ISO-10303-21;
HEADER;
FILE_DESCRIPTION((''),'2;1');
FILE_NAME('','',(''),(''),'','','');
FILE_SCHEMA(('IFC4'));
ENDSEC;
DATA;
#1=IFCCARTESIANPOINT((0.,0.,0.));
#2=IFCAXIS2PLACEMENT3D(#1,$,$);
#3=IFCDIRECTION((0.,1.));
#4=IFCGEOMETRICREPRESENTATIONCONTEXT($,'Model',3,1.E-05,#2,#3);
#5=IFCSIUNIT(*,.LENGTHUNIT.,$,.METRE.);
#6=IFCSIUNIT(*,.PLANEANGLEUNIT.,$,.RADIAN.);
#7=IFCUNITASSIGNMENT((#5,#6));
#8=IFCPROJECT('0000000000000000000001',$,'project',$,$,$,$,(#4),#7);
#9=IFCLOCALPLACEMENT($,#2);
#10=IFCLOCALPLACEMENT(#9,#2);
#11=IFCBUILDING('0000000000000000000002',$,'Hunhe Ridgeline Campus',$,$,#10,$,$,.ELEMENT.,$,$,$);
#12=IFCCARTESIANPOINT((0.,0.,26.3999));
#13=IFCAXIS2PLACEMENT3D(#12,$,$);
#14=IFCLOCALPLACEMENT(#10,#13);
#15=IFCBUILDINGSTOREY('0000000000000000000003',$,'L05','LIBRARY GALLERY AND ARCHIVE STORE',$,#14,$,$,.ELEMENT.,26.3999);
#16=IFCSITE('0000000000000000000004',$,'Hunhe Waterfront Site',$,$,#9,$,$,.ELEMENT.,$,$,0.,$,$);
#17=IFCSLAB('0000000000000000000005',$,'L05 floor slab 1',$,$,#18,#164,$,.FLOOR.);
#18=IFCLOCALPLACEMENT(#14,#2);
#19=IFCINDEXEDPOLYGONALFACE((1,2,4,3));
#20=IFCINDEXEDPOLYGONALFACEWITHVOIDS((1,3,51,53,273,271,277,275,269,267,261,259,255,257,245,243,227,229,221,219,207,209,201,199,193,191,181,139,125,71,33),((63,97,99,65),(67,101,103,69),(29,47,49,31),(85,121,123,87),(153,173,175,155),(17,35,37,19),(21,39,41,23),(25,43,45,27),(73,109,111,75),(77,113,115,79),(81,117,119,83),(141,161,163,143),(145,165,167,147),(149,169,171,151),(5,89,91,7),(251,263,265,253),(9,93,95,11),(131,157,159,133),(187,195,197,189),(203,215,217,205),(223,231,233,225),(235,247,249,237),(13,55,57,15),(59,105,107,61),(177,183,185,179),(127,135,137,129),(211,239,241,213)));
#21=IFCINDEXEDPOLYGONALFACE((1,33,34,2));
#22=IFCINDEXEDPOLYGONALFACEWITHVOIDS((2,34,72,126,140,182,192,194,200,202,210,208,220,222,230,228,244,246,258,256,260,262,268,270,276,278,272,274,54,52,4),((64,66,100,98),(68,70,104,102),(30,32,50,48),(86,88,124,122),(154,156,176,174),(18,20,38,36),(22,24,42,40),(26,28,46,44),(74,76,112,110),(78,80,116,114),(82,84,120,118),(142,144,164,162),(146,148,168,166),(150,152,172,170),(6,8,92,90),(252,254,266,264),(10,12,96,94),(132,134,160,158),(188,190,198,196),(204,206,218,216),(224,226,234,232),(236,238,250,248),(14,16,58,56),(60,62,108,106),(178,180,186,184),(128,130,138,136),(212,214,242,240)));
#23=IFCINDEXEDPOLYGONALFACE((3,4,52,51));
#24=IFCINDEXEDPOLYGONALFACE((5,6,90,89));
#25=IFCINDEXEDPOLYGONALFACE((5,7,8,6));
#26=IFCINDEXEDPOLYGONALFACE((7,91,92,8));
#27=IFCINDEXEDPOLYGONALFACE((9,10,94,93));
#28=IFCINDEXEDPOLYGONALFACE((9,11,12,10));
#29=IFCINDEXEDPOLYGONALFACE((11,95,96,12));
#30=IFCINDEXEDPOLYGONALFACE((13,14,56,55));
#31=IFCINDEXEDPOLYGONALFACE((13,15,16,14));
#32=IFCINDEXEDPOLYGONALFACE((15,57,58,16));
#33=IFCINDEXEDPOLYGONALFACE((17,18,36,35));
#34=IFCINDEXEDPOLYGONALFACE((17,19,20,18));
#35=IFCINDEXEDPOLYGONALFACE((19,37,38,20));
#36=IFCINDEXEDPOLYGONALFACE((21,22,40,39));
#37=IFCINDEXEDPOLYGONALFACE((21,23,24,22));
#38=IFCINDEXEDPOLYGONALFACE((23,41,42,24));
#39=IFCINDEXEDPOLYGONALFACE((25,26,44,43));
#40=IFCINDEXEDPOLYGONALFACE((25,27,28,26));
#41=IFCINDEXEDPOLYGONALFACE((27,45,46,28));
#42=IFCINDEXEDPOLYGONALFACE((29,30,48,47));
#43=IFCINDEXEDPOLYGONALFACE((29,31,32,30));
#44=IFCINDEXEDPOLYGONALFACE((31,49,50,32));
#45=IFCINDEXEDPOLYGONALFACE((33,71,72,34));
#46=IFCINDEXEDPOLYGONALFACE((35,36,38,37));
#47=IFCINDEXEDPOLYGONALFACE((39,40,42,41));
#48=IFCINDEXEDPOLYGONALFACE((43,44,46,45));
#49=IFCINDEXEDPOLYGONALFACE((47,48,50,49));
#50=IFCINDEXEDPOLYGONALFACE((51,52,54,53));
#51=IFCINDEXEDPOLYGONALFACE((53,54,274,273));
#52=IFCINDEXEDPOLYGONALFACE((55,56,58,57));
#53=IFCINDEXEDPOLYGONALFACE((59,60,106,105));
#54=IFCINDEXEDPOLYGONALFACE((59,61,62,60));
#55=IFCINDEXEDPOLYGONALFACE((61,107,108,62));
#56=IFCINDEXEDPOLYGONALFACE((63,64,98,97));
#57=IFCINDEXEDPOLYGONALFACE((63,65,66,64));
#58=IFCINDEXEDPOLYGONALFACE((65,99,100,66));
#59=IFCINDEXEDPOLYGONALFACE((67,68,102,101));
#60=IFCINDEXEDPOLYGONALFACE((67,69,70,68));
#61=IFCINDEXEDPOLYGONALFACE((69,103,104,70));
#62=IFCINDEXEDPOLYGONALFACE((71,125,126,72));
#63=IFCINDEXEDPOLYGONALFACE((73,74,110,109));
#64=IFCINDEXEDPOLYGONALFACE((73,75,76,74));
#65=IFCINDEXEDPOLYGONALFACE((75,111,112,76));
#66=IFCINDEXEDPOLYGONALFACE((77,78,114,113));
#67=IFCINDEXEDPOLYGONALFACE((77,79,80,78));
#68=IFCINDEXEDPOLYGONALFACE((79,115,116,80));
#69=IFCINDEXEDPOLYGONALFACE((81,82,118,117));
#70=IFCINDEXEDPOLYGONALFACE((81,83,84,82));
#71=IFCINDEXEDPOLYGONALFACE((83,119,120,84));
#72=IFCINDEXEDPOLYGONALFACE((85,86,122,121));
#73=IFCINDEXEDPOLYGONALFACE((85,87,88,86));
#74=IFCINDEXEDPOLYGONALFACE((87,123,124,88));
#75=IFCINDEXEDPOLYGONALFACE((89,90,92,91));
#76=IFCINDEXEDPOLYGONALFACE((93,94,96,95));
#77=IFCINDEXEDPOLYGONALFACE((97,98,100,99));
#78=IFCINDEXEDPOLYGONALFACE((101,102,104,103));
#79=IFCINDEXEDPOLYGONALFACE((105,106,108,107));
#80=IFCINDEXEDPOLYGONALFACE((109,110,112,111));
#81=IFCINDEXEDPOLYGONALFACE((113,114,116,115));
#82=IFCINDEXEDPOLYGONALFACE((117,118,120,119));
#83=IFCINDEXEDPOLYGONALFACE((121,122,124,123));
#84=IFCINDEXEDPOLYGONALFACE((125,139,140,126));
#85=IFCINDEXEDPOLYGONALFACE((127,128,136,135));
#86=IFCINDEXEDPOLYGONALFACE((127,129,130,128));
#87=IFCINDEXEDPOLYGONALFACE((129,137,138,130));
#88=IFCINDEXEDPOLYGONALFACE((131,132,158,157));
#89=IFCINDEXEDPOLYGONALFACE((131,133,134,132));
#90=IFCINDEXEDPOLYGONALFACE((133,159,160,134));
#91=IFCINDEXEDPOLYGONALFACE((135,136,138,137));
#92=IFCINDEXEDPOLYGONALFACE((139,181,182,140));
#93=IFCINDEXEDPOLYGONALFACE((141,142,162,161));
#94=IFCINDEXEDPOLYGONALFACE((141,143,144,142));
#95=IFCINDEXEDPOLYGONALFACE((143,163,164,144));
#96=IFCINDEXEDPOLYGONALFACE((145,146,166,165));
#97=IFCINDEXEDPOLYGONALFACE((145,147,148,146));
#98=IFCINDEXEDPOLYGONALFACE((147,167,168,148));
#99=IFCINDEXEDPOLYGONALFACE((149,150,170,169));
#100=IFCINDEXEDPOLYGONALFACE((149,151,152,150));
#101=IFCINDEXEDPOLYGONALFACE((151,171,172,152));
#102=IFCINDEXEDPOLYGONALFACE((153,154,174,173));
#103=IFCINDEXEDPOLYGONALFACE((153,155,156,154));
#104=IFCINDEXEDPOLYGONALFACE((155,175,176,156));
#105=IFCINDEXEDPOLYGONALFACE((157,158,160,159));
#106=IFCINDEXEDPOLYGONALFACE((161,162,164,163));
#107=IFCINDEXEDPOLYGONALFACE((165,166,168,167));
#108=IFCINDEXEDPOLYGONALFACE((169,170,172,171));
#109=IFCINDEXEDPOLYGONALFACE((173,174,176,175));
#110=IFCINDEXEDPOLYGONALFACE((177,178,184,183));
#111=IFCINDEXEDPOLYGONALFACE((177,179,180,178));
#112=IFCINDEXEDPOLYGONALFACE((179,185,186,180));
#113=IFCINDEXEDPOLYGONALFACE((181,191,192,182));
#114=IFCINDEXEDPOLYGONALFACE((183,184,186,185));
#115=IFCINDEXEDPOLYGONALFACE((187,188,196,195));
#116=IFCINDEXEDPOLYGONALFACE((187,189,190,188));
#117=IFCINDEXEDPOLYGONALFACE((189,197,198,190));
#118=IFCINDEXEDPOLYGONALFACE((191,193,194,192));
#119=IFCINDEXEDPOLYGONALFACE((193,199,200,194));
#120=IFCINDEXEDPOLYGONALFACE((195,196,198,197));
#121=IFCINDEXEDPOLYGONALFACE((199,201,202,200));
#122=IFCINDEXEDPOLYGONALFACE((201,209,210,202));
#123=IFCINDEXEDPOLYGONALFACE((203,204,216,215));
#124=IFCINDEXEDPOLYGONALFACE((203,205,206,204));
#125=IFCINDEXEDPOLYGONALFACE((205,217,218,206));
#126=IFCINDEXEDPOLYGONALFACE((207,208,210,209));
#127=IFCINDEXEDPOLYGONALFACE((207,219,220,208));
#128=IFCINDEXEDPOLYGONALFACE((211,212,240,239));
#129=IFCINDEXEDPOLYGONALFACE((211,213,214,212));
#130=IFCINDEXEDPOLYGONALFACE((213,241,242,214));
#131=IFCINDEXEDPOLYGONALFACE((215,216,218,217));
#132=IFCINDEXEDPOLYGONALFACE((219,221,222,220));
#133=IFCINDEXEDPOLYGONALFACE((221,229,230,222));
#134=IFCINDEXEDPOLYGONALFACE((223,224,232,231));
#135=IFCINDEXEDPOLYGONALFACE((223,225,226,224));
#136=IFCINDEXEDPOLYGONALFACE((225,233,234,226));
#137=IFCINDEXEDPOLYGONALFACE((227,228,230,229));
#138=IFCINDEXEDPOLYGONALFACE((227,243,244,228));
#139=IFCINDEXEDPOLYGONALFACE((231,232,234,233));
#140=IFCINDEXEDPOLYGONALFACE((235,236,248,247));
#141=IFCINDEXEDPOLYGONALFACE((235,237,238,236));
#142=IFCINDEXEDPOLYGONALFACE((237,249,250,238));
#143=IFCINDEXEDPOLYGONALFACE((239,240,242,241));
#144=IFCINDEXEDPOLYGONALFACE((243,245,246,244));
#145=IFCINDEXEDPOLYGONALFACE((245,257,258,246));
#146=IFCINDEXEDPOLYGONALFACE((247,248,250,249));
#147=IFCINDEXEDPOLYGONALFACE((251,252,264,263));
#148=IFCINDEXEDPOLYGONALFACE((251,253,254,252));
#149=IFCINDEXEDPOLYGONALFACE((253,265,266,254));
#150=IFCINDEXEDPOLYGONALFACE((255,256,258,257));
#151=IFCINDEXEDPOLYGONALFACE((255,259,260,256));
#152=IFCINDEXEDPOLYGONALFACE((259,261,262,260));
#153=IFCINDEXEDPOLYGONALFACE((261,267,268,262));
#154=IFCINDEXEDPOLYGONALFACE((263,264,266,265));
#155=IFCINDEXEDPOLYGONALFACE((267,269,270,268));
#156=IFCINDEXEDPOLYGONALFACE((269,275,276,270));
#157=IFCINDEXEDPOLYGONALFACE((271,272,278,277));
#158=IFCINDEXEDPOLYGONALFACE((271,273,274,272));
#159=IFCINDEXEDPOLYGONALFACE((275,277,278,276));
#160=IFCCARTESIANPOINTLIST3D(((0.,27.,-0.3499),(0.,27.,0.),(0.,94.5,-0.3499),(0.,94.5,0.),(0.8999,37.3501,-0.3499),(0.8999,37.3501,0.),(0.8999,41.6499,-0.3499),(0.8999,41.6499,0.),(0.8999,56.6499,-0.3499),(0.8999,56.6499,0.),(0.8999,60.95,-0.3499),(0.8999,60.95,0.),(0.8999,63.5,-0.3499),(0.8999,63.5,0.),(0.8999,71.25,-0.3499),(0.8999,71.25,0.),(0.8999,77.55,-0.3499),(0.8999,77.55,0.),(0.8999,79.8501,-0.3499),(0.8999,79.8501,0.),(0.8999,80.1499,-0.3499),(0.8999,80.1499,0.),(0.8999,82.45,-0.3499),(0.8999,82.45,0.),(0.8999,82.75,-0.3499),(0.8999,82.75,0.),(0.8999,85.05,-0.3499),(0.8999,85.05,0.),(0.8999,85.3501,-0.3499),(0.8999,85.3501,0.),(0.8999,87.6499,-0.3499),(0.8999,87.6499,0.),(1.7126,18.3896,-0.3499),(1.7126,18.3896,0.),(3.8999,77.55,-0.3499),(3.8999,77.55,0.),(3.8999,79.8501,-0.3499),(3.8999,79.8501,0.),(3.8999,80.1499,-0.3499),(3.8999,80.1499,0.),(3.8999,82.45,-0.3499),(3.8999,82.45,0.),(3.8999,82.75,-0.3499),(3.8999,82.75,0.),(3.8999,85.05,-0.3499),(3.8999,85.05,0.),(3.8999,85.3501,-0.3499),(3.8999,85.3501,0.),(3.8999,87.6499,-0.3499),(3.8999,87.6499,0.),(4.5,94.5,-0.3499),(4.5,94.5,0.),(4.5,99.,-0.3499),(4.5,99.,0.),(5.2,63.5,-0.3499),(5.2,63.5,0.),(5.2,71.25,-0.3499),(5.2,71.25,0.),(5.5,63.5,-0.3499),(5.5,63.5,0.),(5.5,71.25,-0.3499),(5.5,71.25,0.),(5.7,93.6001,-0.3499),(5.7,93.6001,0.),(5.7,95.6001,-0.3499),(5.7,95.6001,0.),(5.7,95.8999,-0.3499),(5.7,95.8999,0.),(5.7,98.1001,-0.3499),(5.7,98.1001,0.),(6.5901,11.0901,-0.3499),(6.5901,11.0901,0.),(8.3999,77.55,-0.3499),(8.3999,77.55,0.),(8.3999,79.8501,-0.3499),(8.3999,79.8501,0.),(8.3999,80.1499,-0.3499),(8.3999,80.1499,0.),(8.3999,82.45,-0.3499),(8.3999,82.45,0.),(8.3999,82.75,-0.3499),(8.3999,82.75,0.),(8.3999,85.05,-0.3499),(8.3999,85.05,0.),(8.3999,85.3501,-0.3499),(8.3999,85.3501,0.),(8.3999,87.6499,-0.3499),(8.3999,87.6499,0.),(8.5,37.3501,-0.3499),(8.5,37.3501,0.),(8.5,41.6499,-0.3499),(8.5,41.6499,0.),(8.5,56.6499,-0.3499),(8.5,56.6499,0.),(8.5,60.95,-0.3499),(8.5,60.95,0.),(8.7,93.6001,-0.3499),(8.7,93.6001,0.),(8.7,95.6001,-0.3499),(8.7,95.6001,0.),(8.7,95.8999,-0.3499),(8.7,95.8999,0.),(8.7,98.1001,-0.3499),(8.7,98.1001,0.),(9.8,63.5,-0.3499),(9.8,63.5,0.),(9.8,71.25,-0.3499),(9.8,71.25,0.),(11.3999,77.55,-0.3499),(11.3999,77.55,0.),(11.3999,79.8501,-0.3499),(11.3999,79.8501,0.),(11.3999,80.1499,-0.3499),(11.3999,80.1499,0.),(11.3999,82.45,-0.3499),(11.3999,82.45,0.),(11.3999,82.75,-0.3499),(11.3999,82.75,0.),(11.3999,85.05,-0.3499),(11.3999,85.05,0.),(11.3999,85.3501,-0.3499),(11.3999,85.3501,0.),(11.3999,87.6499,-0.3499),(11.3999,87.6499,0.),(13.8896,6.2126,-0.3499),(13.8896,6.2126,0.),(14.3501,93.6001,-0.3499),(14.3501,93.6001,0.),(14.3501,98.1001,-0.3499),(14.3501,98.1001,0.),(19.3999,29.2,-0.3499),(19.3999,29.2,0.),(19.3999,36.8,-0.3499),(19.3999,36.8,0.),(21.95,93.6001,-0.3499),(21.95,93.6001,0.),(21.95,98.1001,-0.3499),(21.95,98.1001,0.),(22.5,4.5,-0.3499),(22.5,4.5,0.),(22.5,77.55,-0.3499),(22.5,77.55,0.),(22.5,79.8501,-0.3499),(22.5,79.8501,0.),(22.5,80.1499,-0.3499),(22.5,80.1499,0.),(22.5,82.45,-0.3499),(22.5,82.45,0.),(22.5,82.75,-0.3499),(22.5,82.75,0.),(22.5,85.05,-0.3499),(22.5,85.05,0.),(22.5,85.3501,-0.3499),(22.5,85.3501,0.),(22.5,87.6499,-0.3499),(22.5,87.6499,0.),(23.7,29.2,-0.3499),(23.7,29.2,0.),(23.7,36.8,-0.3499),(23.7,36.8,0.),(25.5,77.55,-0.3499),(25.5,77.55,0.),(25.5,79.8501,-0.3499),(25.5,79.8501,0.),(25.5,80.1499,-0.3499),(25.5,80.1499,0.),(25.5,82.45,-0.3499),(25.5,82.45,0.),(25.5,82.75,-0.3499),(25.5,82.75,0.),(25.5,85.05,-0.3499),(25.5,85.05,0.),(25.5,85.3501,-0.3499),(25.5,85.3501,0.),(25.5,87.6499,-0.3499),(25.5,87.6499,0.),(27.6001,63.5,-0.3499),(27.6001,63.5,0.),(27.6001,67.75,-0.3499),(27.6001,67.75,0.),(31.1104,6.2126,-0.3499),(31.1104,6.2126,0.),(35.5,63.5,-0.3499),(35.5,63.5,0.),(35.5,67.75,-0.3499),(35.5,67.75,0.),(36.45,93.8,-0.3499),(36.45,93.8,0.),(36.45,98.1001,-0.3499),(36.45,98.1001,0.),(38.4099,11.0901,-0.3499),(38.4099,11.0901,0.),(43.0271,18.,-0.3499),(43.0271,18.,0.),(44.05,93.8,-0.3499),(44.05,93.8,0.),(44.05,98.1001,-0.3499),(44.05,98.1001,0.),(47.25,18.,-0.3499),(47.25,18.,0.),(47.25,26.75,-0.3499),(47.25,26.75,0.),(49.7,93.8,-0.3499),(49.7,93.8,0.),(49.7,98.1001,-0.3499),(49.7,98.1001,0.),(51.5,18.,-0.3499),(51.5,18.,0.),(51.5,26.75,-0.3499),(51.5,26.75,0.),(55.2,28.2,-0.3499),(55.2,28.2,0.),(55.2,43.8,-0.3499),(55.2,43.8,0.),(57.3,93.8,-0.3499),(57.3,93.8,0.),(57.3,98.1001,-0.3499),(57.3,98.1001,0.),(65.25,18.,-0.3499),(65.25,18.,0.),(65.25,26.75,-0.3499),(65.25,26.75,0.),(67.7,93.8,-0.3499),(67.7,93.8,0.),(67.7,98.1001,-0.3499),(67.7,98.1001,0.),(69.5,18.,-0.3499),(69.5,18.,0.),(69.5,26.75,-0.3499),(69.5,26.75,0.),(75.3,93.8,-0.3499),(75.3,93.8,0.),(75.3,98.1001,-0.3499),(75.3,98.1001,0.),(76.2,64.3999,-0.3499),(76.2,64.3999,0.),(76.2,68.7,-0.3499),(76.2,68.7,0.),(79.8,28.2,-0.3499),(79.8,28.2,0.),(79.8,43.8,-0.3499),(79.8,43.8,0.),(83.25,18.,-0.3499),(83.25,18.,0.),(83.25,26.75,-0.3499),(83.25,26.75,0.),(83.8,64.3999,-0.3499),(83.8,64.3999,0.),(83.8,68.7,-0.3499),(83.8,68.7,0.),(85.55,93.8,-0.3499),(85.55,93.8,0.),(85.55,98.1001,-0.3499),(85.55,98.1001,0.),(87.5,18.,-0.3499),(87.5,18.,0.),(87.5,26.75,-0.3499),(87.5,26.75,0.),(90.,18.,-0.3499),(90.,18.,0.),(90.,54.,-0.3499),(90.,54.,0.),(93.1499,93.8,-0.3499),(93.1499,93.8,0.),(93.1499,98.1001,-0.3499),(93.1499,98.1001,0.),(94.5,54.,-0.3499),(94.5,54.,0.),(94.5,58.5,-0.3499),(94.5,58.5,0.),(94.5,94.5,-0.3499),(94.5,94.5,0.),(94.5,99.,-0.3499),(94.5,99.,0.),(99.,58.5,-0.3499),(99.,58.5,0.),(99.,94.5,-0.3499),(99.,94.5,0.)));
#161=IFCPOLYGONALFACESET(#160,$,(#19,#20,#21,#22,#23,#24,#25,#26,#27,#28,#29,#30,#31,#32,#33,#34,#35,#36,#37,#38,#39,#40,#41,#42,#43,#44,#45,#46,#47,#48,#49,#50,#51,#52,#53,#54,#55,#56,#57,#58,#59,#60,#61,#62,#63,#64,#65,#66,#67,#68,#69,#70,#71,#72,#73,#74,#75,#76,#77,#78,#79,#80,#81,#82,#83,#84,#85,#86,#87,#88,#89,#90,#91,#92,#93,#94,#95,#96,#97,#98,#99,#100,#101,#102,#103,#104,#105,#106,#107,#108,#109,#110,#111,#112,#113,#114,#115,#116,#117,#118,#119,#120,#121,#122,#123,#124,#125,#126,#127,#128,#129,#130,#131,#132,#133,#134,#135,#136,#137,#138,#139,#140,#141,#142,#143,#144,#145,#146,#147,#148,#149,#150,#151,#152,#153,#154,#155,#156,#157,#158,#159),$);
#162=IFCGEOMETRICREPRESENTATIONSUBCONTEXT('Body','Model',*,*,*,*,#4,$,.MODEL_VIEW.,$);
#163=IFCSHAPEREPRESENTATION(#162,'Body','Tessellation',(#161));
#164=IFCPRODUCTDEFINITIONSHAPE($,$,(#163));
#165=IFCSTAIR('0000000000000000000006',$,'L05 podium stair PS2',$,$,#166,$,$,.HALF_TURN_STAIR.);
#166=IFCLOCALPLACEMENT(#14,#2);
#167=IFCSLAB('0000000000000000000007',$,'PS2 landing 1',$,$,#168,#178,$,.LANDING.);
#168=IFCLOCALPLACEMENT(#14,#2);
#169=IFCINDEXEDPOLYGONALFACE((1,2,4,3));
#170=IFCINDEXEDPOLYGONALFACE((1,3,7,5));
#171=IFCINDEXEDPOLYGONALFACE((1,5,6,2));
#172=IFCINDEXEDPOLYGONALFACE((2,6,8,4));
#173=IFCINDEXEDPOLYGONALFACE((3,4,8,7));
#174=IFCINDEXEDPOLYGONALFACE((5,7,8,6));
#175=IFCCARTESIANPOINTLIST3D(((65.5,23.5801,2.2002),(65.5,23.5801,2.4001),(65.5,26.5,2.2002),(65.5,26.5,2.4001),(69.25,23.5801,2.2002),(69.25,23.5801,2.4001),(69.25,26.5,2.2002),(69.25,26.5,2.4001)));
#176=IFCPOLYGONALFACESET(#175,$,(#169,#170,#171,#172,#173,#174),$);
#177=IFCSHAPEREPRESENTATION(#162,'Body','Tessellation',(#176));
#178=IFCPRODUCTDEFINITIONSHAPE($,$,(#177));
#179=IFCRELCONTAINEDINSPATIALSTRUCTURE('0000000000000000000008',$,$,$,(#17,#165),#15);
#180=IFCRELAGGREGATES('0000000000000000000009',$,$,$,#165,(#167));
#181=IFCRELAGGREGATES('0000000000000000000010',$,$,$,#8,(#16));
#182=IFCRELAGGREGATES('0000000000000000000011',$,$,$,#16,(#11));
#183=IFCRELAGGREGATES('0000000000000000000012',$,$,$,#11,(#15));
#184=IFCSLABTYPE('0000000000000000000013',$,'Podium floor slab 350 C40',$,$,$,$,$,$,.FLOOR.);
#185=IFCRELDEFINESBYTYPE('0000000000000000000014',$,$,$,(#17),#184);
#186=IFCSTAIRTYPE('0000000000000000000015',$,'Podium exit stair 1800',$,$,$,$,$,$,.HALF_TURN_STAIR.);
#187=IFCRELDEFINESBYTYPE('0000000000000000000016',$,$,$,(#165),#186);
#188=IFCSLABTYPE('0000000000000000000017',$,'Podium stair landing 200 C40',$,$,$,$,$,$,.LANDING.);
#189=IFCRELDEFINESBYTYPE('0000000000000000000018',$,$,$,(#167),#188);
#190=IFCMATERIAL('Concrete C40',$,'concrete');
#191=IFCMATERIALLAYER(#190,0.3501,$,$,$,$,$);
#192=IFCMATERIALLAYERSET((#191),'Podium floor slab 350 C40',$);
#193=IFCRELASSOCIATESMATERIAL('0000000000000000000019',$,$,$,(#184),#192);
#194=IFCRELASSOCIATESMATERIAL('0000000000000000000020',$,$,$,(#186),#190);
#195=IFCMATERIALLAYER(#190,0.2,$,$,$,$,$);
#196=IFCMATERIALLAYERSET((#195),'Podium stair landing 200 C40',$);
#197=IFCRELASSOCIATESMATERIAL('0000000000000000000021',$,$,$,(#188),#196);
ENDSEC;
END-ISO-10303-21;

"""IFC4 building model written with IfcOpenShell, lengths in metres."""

from ifc_helpers import new_model, si_unit, direction, frame, origin, place, context, subcontext, project, spatial, polyline, outline, extrude, material, layer, layer_set, type_object, element, aggregate, save


model = new_model("IFC4")

# Units and contexts
model_context = context("Model", 3, precision=1e-05, world=origin(), true_north=direction((0.0, 1.0)))
body_context = subcontext(model_context, "Body", "Model", "MODEL_VIEW")
ifc_project = project(units=[si_unit("LENGTHUNIT", "METRE"), si_unit("PLANEANGLEUNIT", "RADIAN")], contexts=[model_context])

# Site, building, storey
site_placement = place(None, origin())
site = spatial("IfcSite", under=ifc_project, at=site_placement, Name="Hunhe Waterfront Site", CompositionType="ELEMENT", RefElevation=0.0)
building_placement = place(site_placement, origin())
building = spatial("IfcBuilding", under=site, at=building_placement, Name="Hunhe Ridgeline Campus", CompositionType="ELEMENT")
storey_placement = place(building_placement, frame((0.0, 0.0, 26.3999)))
storey = spatial("IfcBuildingStorey", under=building, at=storey_placement, Name="L05", Description="LIBRARY GALLERY AND ARCHIVE STORE", CompositionType="ELEMENT", Elevation=26.3999)

# Slab
ifc_material_1 = material(Name="Concrete C40", Category="concrete")
ifc_layer_1 = layer(ifc_material_1, 0.3501)
ifc_layer_set_1 = layer_set([ifc_layer_1], Name="Podium floor slab 350 C40")
slab_type_1 = type_object("IfcSlabType", Name="Podium floor slab 350 C40", PredefinedType="FLOOR", material=ifc_layer_set_1)
slab_1_placement = place(storey_placement, frame((0.0, 0.0, -0.3499)))
element("IfcSlab", 1, at=slab_1_placement, inside=storey, type_object=slab_type_1, Name="L05 floor slab 1", PredefinedType="FLOOR", context=body_context, shape_type="SweptSolid", body=[
    extrude(outline(polyline([(90.0, 18.0), (90.0, 54.0), (94.5, 54.0), (94.5, 58.5), (99.0, 58.5), (99.0, 94.5), (94.5, 94.5), (94.5, 99.0), (4.5, 99.0), (4.5, 94.5), (0.0, 94.5), (0.0, 27.0), (1.7126, 18.3896), (6.5901, 11.0901), (13.8896, 6.2126), (22.5, 4.5), (31.1104, 6.2126), (38.4099, 11.0901), (43.0271, 18.0), (47.25, 18.0), (47.25, 26.75), (51.5, 26.75), (51.5, 18.0), (65.25, 18.0), (65.25, 26.75), (69.5, 26.75), (69.5, 18.0), (83.25, 18.0), (83.25, 26.75), (87.5, 26.75), (87.5, 18.0), (90.0, 18.0)]), holes=[polyline([(0.8999, 41.6499), (0.8999, 37.3501), (8.5, 37.3501), (8.5, 41.6499), (0.8999, 41.6499)]), polyline([(8.5, 60.95), (0.8999, 60.95), (0.8999, 56.6499), (8.5, 56.6499), (8.5, 60.95)]), polyline([(5.2, 63.5), (5.2, 71.25), (0.8999, 71.25), (0.8999, 63.5), (5.2, 63.5)]), polyline([(9.8, 63.5), (9.8, 71.25), (5.5, 71.25), (5.5, 63.5), (9.8, 63.5)]), polyline([(0.8999, 77.55), (3.8999, 77.55), (3.8999, 79.8501), (0.8999, 79.8501), (0.8999, 77.55)]), polyline([(8.3999, 77.55), (11.3999, 77.55), (11.3999, 79.8501), (8.3999, 79.8501), (8.3999, 77.55)]), polyline([(0.8999, 80.1499), (3.8999, 80.1499), (3.8999, 82.45), (0.8999, 82.45), (0.8999, 80.1499)]), polyline([(8.3999, 80.1499), (11.3999, 80.1499), (11.3999, 82.45), (8.3999, 82.45), (8.3999, 80.1499)]), polyline([(0.8999, 82.75), (3.8999, 82.75), (3.8999, 85.05), (0.8999, 85.05), (0.8999, 82.75)]), polyline([(8.3999, 82.75), (11.3999, 82.75), (11.3999, 85.05), (8.3999, 85.05), (8.3999, 82.75)]), polyline([(0.8999, 85.3501), (3.8999, 85.3501), (3.8999, 87.6499), (0.8999, 87.6499), (0.8999, 85.3501)]), polyline([(8.3999, 85.3501), (11.3999, 85.3501), (11.3999, 87.6499), (8.3999, 87.6499), (8.3999, 85.3501)]), polyline([(5.7, 93.6001), (8.7, 93.6001), (8.7, 95.6001), (5.7, 95.6001), (5.7, 93.6001)]), polyline([(14.3501, 93.6001), (21.95, 93.6001), (21.95, 98.1001), (14.3501, 98.1001), (14.3501, 93.6001)]), polyline([(5.7, 95.8999), (8.7, 95.8999), (8.7, 98.1001), (5.7, 98.1001), (5.7, 95.8999)]), polyline([(23.7, 29.2), (23.7, 36.8), (19.3999, 36.8), (19.3999, 29.2), (23.7, 29.2)]), polyline([(55.2, 28.2), (79.8, 28.2), (79.8, 43.8), (55.2, 43.8), (55.2, 28.2)]), polyline([(35.5, 67.75), (27.6001, 67.75), (27.6001, 63.5), (35.5, 63.5), (35.5, 67.75)]), polyline([(76.2, 64.3999), (83.8, 64.3999), (83.8, 68.7), (76.2, 68.7), (76.2, 64.3999)]), polyline([(22.5, 77.55), (25.5, 77.55), (25.5, 79.8501), (22.5, 79.8501), (22.5, 77.55)]), polyline([(22.5, 80.1499), (25.5, 80.1499), (25.5, 82.45), (22.5, 82.45), (22.5, 80.1499)]), polyline([(22.5, 82.75), (25.5, 82.75), (25.5, 85.05), (22.5, 85.05), (22.5, 82.75)]), polyline([(22.5, 85.3501), (25.5, 85.3501), (25.5, 87.6499), (22.5, 87.6499), (22.5, 85.3501)]), polyline([(36.45, 93.8), (44.05, 93.8), (44.05, 98.1001), (36.45, 98.1001), (36.45, 93.8)]), polyline([(49.7, 93.8), (57.3, 93.8), (57.3, 98.1001), (49.7, 98.1001), (49.7, 93.8)]), polyline([(67.7, 93.8), (75.3, 93.8), (75.3, 98.1001), (67.7, 98.1001), (67.7, 93.8)]), polyline([(85.55, 93.8), (93.1499, 93.8), (93.1499, 98.1001), (85.55, 98.1001), (85.55, 93.8)])]), origin(), (0.0, 0.0, 1.0), 0.3499),
])

# Stair, slab
stair_type_1 = type_object("IfcStairType", Name="Podium exit stair 1800", PredefinedType="HALF_TURN_STAIR", material=ifc_material_1)
stair_1_placement = place(storey_placement, origin())
stair_1 = element("IfcStair", 2, at=stair_1_placement, inside=storey, type_object=stair_type_1, Name="L05 podium stair PS2", PredefinedType="HALF_TURN_STAIR")
ifc_layer_2 = layer(ifc_material_1, 0.2)
ifc_layer_set_2 = layer_set([ifc_layer_2], Name="Podium stair landing 200 C40")
slab_type_2 = type_object("IfcSlabType", Name="Podium stair landing 200 C40", PredefinedType="LANDING", material=ifc_layer_set_2)
slab_2_placement = place(storey_placement, frame((0.0, 0.0, 2.2002)))
slab_2 = element("IfcSlab", 3, at=slab_2_placement, type_object=slab_type_2, Name="PS2 landing 1", PredefinedType="LANDING", context=body_context, shape_type="SweptSolid", body=[
    extrude(outline(polyline([(69.25, 23.5801), (69.25, 26.5), (65.5, 26.5), (65.5, 23.5801), (69.25, 23.5801)])), origin(), (0.0, 0.0, 1.0), 0.2),
])
aggregate(stair_1, [slab_2])

save(model, "model.ifc")
